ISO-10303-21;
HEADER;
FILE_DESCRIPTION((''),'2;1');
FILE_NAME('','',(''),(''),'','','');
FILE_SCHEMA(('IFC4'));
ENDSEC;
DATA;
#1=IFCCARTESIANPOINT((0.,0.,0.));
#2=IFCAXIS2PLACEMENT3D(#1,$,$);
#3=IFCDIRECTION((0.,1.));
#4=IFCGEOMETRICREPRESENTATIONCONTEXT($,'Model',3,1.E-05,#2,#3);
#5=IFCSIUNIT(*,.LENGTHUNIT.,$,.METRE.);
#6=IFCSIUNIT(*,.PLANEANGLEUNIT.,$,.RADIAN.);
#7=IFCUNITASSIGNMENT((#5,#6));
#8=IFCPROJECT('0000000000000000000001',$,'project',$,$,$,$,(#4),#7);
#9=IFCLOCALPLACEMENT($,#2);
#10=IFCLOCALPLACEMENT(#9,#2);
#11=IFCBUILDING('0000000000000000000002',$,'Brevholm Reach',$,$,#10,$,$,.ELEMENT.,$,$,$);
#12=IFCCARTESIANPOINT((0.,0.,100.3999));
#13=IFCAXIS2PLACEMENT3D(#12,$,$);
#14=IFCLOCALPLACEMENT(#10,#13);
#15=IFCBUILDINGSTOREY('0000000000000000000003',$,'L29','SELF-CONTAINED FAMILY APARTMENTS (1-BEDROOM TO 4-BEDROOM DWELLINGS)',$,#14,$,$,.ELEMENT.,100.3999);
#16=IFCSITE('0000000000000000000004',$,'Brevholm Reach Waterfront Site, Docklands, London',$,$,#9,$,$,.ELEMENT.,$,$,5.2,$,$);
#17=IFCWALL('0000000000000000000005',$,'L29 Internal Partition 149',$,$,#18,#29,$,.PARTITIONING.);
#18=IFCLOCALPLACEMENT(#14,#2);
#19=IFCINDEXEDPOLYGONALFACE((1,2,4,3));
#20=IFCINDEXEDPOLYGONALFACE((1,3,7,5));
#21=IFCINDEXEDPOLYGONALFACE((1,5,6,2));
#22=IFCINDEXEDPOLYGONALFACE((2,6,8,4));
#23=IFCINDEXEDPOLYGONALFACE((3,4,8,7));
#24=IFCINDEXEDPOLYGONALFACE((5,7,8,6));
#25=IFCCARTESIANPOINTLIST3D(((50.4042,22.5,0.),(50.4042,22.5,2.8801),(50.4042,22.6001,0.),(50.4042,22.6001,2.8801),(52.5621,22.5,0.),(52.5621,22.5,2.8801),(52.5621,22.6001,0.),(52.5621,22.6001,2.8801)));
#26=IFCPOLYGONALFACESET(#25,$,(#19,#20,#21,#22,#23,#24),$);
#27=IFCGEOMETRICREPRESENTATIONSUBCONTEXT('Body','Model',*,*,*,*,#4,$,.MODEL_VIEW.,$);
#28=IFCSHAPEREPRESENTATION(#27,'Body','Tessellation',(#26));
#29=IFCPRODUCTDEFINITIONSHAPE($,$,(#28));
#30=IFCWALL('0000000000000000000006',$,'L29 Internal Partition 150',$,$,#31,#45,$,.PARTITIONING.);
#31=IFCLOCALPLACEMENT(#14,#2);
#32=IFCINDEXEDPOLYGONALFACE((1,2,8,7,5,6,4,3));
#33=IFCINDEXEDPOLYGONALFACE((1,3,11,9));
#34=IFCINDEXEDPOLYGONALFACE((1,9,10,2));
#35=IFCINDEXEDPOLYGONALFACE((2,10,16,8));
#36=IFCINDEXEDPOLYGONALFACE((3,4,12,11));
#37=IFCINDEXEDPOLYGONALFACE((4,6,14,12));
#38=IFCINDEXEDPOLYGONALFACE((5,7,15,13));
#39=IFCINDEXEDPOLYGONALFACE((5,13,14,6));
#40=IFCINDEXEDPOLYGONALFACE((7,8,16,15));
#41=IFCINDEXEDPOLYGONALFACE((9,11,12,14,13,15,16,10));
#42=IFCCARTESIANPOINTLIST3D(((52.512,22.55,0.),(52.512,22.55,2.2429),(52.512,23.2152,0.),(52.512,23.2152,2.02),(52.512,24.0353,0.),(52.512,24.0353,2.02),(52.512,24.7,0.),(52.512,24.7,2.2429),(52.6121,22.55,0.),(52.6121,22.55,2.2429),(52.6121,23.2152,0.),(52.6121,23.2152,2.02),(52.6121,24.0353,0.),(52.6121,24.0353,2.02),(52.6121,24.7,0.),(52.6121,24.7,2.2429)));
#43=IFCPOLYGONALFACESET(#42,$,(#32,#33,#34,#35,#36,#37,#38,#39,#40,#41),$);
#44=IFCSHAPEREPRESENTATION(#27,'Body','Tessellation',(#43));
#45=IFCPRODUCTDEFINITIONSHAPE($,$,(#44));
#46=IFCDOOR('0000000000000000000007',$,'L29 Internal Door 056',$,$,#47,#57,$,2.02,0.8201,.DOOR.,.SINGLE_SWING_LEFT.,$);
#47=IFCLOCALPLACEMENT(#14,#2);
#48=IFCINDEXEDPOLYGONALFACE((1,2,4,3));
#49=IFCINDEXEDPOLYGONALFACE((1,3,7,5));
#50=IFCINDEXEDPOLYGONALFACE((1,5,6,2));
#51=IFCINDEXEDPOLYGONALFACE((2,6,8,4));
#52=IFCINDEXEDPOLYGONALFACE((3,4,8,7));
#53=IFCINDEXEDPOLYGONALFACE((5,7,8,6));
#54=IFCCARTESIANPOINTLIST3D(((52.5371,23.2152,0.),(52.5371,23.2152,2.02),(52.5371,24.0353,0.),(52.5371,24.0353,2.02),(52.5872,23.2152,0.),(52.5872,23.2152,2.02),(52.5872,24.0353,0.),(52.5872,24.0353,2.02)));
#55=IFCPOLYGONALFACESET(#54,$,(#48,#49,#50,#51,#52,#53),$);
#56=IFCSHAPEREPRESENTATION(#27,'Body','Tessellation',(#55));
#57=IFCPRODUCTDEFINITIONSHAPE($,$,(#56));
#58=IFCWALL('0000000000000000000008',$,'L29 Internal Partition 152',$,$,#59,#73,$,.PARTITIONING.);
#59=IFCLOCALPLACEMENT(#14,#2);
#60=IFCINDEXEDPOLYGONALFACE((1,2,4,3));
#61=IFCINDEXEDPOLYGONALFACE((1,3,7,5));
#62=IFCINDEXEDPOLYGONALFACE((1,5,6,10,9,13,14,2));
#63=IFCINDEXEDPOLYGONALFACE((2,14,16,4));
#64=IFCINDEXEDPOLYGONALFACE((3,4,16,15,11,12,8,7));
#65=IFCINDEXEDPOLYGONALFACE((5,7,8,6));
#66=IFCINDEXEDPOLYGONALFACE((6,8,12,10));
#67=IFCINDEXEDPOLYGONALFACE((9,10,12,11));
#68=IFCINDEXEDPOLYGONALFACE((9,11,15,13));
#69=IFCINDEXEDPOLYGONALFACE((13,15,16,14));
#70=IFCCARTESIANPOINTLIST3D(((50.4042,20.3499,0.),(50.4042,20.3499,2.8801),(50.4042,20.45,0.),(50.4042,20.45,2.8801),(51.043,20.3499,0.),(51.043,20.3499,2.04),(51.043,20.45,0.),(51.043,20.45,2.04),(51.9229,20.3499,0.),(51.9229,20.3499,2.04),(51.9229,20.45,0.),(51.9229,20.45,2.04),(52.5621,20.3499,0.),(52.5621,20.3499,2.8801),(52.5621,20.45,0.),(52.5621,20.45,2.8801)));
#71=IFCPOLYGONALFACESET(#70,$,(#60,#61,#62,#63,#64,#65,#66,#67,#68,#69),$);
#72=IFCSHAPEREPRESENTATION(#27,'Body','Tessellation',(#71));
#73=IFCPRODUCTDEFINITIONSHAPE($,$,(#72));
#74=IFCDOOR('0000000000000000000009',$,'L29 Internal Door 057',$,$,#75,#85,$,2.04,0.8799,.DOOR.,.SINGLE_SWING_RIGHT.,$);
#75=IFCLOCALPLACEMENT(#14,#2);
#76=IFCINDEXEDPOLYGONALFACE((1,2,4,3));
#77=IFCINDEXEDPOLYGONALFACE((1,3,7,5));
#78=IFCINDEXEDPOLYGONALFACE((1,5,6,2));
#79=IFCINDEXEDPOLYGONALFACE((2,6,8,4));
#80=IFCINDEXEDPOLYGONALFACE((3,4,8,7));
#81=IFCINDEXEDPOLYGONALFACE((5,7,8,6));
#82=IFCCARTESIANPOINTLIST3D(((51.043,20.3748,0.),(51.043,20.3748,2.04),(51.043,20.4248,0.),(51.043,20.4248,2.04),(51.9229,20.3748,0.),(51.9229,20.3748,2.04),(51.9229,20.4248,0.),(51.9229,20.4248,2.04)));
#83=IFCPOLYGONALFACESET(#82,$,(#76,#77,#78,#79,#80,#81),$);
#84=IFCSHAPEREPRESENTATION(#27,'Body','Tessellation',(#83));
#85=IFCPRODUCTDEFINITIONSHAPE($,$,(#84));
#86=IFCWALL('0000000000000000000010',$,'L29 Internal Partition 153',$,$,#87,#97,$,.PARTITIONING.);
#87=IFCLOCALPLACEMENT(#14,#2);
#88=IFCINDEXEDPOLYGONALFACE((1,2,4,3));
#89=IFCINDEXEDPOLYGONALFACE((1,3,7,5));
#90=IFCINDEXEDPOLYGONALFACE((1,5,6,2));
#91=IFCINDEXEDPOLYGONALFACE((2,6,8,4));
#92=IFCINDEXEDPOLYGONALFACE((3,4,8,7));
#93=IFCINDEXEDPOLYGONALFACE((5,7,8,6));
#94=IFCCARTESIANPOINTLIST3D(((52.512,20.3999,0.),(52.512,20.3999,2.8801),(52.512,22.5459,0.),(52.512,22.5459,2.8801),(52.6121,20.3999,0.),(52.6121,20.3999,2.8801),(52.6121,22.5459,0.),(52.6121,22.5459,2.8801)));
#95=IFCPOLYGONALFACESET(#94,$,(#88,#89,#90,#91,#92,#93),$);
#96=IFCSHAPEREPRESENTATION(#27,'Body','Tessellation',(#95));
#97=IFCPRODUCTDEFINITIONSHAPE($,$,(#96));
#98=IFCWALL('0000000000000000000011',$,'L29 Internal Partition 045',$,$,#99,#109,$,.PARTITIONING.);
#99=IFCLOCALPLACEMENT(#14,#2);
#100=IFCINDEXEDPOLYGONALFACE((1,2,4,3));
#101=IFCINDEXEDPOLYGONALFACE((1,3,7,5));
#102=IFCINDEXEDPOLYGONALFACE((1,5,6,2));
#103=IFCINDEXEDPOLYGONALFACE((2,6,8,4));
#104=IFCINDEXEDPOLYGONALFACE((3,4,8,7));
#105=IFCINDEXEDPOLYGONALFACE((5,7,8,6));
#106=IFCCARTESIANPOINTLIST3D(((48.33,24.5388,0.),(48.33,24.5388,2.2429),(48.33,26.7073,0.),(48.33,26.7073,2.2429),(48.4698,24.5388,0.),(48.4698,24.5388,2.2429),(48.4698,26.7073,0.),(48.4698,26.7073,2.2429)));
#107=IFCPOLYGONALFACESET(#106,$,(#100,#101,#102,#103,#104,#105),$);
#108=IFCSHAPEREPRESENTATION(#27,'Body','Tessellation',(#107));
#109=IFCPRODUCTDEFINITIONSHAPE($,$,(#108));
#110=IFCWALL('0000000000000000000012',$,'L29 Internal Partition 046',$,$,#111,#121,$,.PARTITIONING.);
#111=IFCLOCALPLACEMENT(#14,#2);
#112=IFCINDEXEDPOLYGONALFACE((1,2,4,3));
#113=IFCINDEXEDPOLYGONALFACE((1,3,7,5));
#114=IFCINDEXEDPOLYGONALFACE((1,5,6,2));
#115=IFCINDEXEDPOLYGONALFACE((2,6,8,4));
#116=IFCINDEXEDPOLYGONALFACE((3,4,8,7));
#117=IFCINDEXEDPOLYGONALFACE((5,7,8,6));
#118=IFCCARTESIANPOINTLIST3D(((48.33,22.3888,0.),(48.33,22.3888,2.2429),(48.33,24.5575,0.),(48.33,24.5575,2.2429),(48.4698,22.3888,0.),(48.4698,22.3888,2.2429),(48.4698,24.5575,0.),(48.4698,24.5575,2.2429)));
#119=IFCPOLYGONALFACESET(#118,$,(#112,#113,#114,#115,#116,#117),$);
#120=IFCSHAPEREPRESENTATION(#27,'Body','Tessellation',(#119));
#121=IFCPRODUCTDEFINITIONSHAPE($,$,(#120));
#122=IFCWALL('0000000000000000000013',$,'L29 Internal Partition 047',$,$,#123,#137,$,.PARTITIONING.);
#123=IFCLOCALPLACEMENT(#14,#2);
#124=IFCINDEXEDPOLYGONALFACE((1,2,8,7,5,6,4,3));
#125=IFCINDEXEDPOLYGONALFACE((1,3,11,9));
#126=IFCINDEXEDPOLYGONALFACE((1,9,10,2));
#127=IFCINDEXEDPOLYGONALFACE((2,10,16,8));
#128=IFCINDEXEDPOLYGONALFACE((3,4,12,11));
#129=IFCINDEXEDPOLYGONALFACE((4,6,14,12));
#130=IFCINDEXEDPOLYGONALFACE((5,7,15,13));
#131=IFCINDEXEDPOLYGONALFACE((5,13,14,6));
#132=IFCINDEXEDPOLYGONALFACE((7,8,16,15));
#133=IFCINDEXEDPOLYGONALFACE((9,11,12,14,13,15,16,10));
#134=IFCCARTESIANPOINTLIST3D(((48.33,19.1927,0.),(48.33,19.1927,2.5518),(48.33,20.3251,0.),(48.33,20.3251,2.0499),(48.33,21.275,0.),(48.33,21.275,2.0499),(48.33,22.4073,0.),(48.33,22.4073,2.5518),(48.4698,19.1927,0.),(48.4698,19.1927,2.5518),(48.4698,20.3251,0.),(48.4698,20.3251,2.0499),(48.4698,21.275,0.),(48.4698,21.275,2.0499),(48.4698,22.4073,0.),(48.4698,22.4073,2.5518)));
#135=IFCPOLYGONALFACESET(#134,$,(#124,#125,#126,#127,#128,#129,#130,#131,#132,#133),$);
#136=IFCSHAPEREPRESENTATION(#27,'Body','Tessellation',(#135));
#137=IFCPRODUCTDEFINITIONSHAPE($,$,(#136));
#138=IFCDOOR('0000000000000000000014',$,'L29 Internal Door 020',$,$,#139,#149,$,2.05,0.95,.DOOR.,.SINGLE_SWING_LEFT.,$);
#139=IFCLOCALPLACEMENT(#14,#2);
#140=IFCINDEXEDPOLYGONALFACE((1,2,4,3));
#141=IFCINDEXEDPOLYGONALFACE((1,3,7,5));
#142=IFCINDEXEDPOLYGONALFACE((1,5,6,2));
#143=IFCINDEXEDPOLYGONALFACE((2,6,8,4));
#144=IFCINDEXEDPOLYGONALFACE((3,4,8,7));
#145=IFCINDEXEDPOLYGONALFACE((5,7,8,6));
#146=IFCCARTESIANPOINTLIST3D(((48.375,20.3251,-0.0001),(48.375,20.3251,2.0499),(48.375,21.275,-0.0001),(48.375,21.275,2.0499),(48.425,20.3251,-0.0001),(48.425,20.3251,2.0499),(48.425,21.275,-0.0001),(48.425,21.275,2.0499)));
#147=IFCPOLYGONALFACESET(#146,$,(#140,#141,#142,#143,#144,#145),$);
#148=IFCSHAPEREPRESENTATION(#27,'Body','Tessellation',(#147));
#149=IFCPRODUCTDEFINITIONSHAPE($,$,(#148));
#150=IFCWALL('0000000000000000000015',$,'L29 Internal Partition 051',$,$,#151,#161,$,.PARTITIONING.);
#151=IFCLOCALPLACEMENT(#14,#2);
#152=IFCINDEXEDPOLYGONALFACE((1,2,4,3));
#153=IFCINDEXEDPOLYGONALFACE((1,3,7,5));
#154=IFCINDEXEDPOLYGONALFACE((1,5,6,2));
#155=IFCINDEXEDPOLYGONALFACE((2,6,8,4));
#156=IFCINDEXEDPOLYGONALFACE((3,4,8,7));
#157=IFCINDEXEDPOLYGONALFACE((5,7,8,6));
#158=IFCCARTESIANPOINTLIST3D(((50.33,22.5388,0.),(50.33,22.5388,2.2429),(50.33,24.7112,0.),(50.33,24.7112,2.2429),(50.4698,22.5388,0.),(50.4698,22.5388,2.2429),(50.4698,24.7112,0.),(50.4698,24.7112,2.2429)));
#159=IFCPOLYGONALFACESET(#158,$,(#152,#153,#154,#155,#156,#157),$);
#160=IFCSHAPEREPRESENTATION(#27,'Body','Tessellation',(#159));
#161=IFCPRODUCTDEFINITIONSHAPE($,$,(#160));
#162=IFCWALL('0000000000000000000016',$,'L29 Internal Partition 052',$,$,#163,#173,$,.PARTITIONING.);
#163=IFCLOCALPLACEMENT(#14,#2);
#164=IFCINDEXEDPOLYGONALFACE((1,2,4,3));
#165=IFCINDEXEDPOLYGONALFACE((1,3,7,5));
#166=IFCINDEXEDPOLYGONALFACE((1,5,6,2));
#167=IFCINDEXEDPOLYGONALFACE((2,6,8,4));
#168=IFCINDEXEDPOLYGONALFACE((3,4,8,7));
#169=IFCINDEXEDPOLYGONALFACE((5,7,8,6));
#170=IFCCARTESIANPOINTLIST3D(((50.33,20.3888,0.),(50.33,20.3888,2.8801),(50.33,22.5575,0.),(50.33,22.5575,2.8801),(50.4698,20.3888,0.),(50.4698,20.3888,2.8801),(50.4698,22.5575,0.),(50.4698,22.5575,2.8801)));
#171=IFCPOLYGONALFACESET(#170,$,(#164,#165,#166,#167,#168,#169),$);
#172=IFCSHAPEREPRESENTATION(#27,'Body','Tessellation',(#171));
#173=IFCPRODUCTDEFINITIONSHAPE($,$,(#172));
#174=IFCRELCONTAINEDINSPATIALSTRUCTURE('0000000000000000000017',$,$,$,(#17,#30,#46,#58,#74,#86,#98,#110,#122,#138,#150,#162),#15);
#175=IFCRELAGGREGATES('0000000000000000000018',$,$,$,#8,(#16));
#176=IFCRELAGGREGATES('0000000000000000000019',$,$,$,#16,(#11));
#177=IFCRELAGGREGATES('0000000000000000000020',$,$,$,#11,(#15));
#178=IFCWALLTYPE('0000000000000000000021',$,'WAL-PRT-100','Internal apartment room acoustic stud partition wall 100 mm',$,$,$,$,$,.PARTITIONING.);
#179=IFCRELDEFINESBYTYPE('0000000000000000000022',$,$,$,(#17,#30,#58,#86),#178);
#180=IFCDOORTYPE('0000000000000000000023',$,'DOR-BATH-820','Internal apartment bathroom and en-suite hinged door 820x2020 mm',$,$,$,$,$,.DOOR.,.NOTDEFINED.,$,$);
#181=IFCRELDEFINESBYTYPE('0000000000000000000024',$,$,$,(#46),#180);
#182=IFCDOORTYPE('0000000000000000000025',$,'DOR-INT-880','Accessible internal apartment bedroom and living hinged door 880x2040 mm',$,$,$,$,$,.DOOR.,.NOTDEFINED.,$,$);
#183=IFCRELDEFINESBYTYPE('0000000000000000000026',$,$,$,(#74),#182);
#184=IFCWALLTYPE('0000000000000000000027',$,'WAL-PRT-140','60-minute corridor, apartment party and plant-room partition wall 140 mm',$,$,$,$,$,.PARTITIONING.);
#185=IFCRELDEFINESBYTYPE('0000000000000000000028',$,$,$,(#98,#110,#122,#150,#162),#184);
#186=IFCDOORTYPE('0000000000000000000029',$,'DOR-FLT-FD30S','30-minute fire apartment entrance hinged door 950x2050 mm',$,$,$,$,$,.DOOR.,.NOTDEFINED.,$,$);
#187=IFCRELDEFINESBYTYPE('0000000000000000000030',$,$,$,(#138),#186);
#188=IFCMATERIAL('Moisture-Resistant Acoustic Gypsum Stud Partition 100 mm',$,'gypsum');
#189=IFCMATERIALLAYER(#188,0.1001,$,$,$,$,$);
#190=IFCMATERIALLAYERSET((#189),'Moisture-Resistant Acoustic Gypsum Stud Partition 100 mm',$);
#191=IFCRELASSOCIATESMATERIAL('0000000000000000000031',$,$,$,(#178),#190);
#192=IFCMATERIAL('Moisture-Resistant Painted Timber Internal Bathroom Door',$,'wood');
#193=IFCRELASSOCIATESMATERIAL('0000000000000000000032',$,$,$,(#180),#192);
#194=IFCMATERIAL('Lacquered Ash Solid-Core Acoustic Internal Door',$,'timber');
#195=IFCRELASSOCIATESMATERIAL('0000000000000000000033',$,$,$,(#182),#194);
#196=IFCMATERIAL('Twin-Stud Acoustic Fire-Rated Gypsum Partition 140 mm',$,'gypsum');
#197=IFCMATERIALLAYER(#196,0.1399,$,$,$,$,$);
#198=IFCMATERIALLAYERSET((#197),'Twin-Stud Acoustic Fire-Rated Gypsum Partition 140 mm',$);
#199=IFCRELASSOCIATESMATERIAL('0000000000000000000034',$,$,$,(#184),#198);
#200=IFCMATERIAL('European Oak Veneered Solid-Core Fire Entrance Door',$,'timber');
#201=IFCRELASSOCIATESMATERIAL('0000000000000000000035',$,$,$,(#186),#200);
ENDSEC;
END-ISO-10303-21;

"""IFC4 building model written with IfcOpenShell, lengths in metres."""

from ifc_helpers import new_model, si_unit, direction, frame, frame_2d, origin, place, context, subcontext, project, spatial, rectangle, extrude, material, layer, layer_set, type_object, element, fill, save


model = new_model("IFC4")

# Units and contexts
model_context = context("Model", 3, precision=1e-05, world=origin(), true_north=direction((0.0, 1.0)))
body_context = subcontext(model_context, "Body", "Model", "MODEL_VIEW")
ifc_project = project(units=[si_unit("LENGTHUNIT", "METRE"), si_unit("PLANEANGLEUNIT", "RADIAN")], contexts=[model_context])

# Site, building, storey
site_placement = place(None, origin())
site = spatial("IfcSite", under=ifc_project, at=site_placement, Name="Brevholm Reach Waterfront Site, Docklands, London", CompositionType="ELEMENT", RefElevation=5.2)
building_placement = place(site_placement, origin())
building = spatial("IfcBuilding", under=site, at=building_placement, Name="Brevholm Reach", CompositionType="ELEMENT")
storey_placement = place(building_placement, frame((0.0, 0.0, 100.3999)))
storey = spatial("IfcBuildingStorey", under=building, at=storey_placement, Name="L29", Description="SELF-CONTAINED FAMILY APARTMENTS (1-BEDROOM TO 4-BEDROOM DWELLINGS)", CompositionType="ELEMENT", Elevation=100.3999)

# Wall
ifc_material_1 = material(Name="Moisture-Resistant Acoustic Gypsum Stud Partition 100 mm", Category="gypsum")
ifc_layer_1 = layer(ifc_material_1, 0.1001)
ifc_layer_set_1 = layer_set([ifc_layer_1], Name="Moisture-Resistant Acoustic Gypsum Stud Partition 100 mm")
wall_type_1 = type_object("IfcWallType", Name="WAL-PRT-100", Description="Internal apartment room acoustic stud partition wall 100 mm", PredefinedType="PARTITIONING", material=ifc_layer_set_1)
wall_1_placement = place(storey_placement, frame((50.4041, 22.55, 0.0), z_axis=(0.0, 0.0, 1.0), x_axis=(1.0, 0.0, 0.0)))
element("IfcWall", 1, at=wall_1_placement, inside=storey, type_object=wall_type_1, Name="L29 Internal Partition 149", PredefinedType="PARTITIONING", context=body_context, shape_type="SweptSolid", body=[
    extrude(rectangle(XDim=2.158, YDim=0.1001, at=frame_2d((1.0791, 0.0))), origin(), (0.0, 0.0, 1.0), 2.8801),
])

# Walls, openings, doors
wall_2_placement = place(storey_placement, frame((52.562, 22.55, 0.0), z_axis=(0.0, 0.0, 1.0), x_axis=(0.0, 1.0, 0.0)))
wall_2 = element("IfcWall", 2, at=wall_2_placement, inside=storey, type_object=wall_type_1, Name="L29 Internal Partition 150", PredefinedType="PARTITIONING", context=body_context, shape_type="SweptSolid", body=[
    extrude(rectangle(XDim=2.1499, YDim=0.1001, at=frame_2d((1.075, 0.0))), origin(), (0.0, 0.0, 1.0), 2.2429),
])
opening_1_placement = place(wall_2_placement, frame((0.665, 0.0, 0.0)))
opening_1 = element("IfcOpeningElement", 3, at=opening_1_placement, cuts=wall_2, PredefinedType="OPENING", context=body_context, shape_type="SweptSolid", body=[
    extrude(rectangle(XDim=0.8201, YDim=2.02, at=frame_2d((0.4102, 1.01))), frame((0.0, 0.0601, 0.0), z_axis=(0.0, -1.0, 0.0), x_axis=(1.0, 0.0, 0.0)), (0.0, 0.0, 1.0), 0.1201),
])
ifc_material_2 = material(Name="Moisture-Resistant Painted Timber Internal Bathroom Door", Category="wood")
door_type_1 = type_object("IfcDoorType", Name="DOR-BATH-820", Description="Internal apartment bathroom and en-suite hinged door 820x2020 mm", OperationType="NOTDEFINED", PredefinedType="DOOR", material=ifc_material_2)
door_1_placement = place(opening_1_placement, origin())
door_1 = element("IfcDoor", 4, at=door_1_placement, inside=storey, type_object=door_type_1, Name="L29 Internal Door 056", OperationType="SINGLE_SWING_LEFT", OverallHeight=2.02, OverallWidth=0.8201, PredefinedType="DOOR", context=body_context, shape_type="SweptSolid", body=[
    extrude(rectangle(XDim=0.8201, YDim=2.02, at=frame_2d((0.4102, 1.01))), frame((0.0, 0.0249, 0.0), z_axis=(0.0, -1.0, 0.0), x_axis=(1.0, 0.0, 0.0)), (0.0, 0.0, 1.0), 0.05),
])
fill(opening_1, door_1)
wall_3_placement = place(storey_placement, frame((50.4041, 20.3999, 0.0), z_axis=(0.0, 0.0, 1.0), x_axis=(1.0, 0.0, 0.0)))
wall_3 = element("IfcWall", 5, at=wall_3_placement, inside=storey, type_object=wall_type_1, Name="L29 Internal Partition 152", PredefinedType="PARTITIONING", context=body_context, shape_type="SweptSolid", body=[
    extrude(rectangle(XDim=2.158, YDim=0.1001, at=frame_2d((1.0791, 0.0))), origin(), (0.0, 0.0, 1.0), 2.8801),
])
opening_2_placement = place(wall_3_placement, frame((0.6389, 0.0, 0.0)))
opening_2 = element("IfcOpeningElement", 6, at=opening_2_placement, cuts=wall_3, PredefinedType="OPENING", context=body_context, shape_type="SweptSolid", body=[
    extrude(rectangle(XDim=0.8799, YDim=2.04, at=frame_2d((0.4399, 1.02))), frame((0.0, 0.0601, 0.0), z_axis=(0.0, -1.0, 0.0), x_axis=(1.0, 0.0, 0.0)), (0.0, 0.0, 1.0), 0.1201),
])
ifc_material_3 = material(Name="Lacquered Ash Solid-Core Acoustic Internal Door", Category="timber")
door_type_2 = type_object("IfcDoorType", Name="DOR-INT-880", Description="Accessible internal apartment bedroom and living hinged door 880x2040 mm", OperationType="NOTDEFINED", PredefinedType="DOOR", material=ifc_material_3)
door_2_placement = place(opening_2_placement, origin())
door_2 = element("IfcDoor", 7, at=door_2_placement, inside=storey, type_object=door_type_2, Name="L29 Internal Door 057", OperationType="SINGLE_SWING_RIGHT", OverallHeight=2.04, OverallWidth=0.8799, PredefinedType="DOOR", context=body_context, shape_type="SweptSolid", body=[
    extrude(rectangle(XDim=0.8799, YDim=2.04, at=frame_2d((0.4399, 1.02))), frame((0.0, 0.0249, 0.0), z_axis=(0.0, -1.0, 0.0), x_axis=(1.0, 0.0, 0.0)), (0.0, 0.0, 1.0), 0.05),
])
fill(opening_2, door_2)

# Walls
wall_4_placement = place(storey_placement, frame((52.562, 20.3999, 0.0), z_axis=(0.0, 0.0, 1.0), x_axis=(0.0, 1.0, 0.0)))
element("IfcWall", 8, at=wall_4_placement, inside=storey, type_object=wall_type_1, Name="L29 Internal Partition 153", PredefinedType="PARTITIONING", context=body_context, shape_type="SweptSolid", body=[
    extrude(rectangle(XDim=2.146, YDim=0.1001, at=frame_2d((1.073, 0.0))), origin(), (0.0, 0.0, 1.0), 2.8801),
])
ifc_material_4 = material(Name="Twin-Stud Acoustic Fire-Rated Gypsum Partition 140 mm", Category="gypsum")
ifc_layer_2 = layer(ifc_material_4, 0.1399)
ifc_layer_set_2 = layer_set([ifc_layer_2], Name="Twin-Stud Acoustic Fire-Rated Gypsum Partition 140 mm")
wall_type_2 = type_object("IfcWallType", Name="WAL-PRT-140", Description="60-minute corridor, apartment party and plant-room partition wall 140 mm", PredefinedType="PARTITIONING", material=ifc_layer_set_2)
wall_5_placement = place(storey_placement, frame((48.3999, 24.5388, 0.0), z_axis=(0.0, 0.0, 1.0), x_axis=(0.0, 1.0, 0.0)))
element("IfcWall", 9, at=wall_5_placement, inside=storey, type_object=wall_type_2, Name="L29 Internal Partition 045", PredefinedType="PARTITIONING", context=body_context, shape_type="SweptSolid", body=[
    extrude(rectangle(XDim=2.1685, YDim=0.1399, at=frame_2d((1.0842, 0.0))), origin(), (0.0, 0.0, 1.0), 2.2429),
])
wall_6_placement = place(storey_placement, frame((48.3999, 22.3887, 0.0), z_axis=(0.0, 0.0, 1.0), x_axis=(0.0, 1.0, 0.0)))
element("IfcWall", 10, at=wall_6_placement, inside=storey, type_object=wall_type_2, Name="L29 Internal Partition 046", PredefinedType="PARTITIONING", context=body_context, shape_type="SweptSolid", body=[
    extrude(rectangle(XDim=2.1687, YDim=0.1399, at=frame_2d((1.0845, 0.0))), origin(), (0.0, 0.0, 1.0), 2.2429),
])

# Wall, opening, door
wall_7_placement = place(storey_placement, frame((48.3999, 19.1926, 0.0), z_axis=(0.0, 0.0, 1.0), x_axis=(0.0, 1.0, 0.0)))
wall_7 = element("IfcWall", 11, at=wall_7_placement, inside=storey, type_object=wall_type_2, Name="L29 Internal Partition 047", PredefinedType="PARTITIONING", context=body_context, shape_type="SweptSolid", body=[
    extrude(rectangle(XDim=3.2146, YDim=0.1399, at=frame_2d((1.6074, 0.0))), origin(), (0.0, 0.0, 1.0), 2.5518),
])
opening_3_placement = place(wall_7_placement, frame((1.1323, 0.0, 0.0)))
opening_3 = element("IfcOpeningElement", 12, at=opening_3_placement, cuts=wall_7, PredefinedType="OPENING", context=body_context, shape_type="SweptSolid", body=[
    extrude(rectangle(XDim=0.95, YDim=2.05, at=frame_2d((0.4751, 1.0249))), frame((0.0, 0.0798, 0.0), z_axis=(0.0, -1.0, 0.0), x_axis=(1.0, 0.0, 0.0)), (0.0, 0.0, 1.0), 0.1599),
])
ifc_material_5 = material(Name="European Oak Veneered Solid-Core Fire Entrance Door", Category="timber")
door_type_3 = type_object("IfcDoorType", Name="DOR-FLT-FD30S", Description="30-minute fire apartment entrance hinged door 950x2050 mm", OperationType="NOTDEFINED", PredefinedType="DOOR", material=ifc_material_5)
door_3_placement = place(opening_3_placement, origin())
door_3 = element("IfcDoor", 13, at=door_3_placement, inside=storey, type_object=door_type_3, Name="L29 Internal Door 020", OperationType="SINGLE_SWING_LEFT", OverallHeight=2.05, OverallWidth=0.95, PredefinedType="DOOR", context=body_context, shape_type="SweptSolid", body=[
    extrude(rectangle(XDim=0.95, YDim=2.05, at=frame_2d((0.4751, 1.0249))), frame((0.0, 0.0249, 0.0), z_axis=(0.0, -1.0, 0.0), x_axis=(1.0, 0.0, 0.0)), (0.0, 0.0, 1.0), 0.05),
])
fill(opening_3, door_3)

# Walls
wall_8_placement = place(storey_placement, frame((50.3999, 22.5388, 0.0), z_axis=(0.0, 0.0, 1.0), x_axis=(0.0, 1.0, 0.0)))
element("IfcWall", 14, at=wall_8_placement, inside=storey, type_object=wall_type_2, Name="L29 Internal Partition 051", PredefinedType="PARTITIONING", context=body_context, shape_type="SweptSolid", body=[
    extrude(rectangle(XDim=2.1724, YDim=0.1399, at=frame_2d((1.0862, 0.0))), origin(), (0.0, 0.0, 1.0), 2.2429),
])
wall_9_placement = place(storey_placement, frame((50.3999, 20.3887, 0.0), z_axis=(0.0, 0.0, 1.0), x_axis=(0.0, 1.0, 0.0)))
element("IfcWall", 15, at=wall_9_placement, inside=storey, type_object=wall_type_2, Name="L29 Internal Partition 052", PredefinedType="PARTITIONING", context=body_context, shape_type="SweptSolid", body=[
    extrude(rectangle(XDim=2.1687, YDim=0.1399, at=frame_2d((1.0845, 0.0))), origin(), (0.0, 0.0, 1.0), 2.8801),
])

save(model, "model.ifc")
